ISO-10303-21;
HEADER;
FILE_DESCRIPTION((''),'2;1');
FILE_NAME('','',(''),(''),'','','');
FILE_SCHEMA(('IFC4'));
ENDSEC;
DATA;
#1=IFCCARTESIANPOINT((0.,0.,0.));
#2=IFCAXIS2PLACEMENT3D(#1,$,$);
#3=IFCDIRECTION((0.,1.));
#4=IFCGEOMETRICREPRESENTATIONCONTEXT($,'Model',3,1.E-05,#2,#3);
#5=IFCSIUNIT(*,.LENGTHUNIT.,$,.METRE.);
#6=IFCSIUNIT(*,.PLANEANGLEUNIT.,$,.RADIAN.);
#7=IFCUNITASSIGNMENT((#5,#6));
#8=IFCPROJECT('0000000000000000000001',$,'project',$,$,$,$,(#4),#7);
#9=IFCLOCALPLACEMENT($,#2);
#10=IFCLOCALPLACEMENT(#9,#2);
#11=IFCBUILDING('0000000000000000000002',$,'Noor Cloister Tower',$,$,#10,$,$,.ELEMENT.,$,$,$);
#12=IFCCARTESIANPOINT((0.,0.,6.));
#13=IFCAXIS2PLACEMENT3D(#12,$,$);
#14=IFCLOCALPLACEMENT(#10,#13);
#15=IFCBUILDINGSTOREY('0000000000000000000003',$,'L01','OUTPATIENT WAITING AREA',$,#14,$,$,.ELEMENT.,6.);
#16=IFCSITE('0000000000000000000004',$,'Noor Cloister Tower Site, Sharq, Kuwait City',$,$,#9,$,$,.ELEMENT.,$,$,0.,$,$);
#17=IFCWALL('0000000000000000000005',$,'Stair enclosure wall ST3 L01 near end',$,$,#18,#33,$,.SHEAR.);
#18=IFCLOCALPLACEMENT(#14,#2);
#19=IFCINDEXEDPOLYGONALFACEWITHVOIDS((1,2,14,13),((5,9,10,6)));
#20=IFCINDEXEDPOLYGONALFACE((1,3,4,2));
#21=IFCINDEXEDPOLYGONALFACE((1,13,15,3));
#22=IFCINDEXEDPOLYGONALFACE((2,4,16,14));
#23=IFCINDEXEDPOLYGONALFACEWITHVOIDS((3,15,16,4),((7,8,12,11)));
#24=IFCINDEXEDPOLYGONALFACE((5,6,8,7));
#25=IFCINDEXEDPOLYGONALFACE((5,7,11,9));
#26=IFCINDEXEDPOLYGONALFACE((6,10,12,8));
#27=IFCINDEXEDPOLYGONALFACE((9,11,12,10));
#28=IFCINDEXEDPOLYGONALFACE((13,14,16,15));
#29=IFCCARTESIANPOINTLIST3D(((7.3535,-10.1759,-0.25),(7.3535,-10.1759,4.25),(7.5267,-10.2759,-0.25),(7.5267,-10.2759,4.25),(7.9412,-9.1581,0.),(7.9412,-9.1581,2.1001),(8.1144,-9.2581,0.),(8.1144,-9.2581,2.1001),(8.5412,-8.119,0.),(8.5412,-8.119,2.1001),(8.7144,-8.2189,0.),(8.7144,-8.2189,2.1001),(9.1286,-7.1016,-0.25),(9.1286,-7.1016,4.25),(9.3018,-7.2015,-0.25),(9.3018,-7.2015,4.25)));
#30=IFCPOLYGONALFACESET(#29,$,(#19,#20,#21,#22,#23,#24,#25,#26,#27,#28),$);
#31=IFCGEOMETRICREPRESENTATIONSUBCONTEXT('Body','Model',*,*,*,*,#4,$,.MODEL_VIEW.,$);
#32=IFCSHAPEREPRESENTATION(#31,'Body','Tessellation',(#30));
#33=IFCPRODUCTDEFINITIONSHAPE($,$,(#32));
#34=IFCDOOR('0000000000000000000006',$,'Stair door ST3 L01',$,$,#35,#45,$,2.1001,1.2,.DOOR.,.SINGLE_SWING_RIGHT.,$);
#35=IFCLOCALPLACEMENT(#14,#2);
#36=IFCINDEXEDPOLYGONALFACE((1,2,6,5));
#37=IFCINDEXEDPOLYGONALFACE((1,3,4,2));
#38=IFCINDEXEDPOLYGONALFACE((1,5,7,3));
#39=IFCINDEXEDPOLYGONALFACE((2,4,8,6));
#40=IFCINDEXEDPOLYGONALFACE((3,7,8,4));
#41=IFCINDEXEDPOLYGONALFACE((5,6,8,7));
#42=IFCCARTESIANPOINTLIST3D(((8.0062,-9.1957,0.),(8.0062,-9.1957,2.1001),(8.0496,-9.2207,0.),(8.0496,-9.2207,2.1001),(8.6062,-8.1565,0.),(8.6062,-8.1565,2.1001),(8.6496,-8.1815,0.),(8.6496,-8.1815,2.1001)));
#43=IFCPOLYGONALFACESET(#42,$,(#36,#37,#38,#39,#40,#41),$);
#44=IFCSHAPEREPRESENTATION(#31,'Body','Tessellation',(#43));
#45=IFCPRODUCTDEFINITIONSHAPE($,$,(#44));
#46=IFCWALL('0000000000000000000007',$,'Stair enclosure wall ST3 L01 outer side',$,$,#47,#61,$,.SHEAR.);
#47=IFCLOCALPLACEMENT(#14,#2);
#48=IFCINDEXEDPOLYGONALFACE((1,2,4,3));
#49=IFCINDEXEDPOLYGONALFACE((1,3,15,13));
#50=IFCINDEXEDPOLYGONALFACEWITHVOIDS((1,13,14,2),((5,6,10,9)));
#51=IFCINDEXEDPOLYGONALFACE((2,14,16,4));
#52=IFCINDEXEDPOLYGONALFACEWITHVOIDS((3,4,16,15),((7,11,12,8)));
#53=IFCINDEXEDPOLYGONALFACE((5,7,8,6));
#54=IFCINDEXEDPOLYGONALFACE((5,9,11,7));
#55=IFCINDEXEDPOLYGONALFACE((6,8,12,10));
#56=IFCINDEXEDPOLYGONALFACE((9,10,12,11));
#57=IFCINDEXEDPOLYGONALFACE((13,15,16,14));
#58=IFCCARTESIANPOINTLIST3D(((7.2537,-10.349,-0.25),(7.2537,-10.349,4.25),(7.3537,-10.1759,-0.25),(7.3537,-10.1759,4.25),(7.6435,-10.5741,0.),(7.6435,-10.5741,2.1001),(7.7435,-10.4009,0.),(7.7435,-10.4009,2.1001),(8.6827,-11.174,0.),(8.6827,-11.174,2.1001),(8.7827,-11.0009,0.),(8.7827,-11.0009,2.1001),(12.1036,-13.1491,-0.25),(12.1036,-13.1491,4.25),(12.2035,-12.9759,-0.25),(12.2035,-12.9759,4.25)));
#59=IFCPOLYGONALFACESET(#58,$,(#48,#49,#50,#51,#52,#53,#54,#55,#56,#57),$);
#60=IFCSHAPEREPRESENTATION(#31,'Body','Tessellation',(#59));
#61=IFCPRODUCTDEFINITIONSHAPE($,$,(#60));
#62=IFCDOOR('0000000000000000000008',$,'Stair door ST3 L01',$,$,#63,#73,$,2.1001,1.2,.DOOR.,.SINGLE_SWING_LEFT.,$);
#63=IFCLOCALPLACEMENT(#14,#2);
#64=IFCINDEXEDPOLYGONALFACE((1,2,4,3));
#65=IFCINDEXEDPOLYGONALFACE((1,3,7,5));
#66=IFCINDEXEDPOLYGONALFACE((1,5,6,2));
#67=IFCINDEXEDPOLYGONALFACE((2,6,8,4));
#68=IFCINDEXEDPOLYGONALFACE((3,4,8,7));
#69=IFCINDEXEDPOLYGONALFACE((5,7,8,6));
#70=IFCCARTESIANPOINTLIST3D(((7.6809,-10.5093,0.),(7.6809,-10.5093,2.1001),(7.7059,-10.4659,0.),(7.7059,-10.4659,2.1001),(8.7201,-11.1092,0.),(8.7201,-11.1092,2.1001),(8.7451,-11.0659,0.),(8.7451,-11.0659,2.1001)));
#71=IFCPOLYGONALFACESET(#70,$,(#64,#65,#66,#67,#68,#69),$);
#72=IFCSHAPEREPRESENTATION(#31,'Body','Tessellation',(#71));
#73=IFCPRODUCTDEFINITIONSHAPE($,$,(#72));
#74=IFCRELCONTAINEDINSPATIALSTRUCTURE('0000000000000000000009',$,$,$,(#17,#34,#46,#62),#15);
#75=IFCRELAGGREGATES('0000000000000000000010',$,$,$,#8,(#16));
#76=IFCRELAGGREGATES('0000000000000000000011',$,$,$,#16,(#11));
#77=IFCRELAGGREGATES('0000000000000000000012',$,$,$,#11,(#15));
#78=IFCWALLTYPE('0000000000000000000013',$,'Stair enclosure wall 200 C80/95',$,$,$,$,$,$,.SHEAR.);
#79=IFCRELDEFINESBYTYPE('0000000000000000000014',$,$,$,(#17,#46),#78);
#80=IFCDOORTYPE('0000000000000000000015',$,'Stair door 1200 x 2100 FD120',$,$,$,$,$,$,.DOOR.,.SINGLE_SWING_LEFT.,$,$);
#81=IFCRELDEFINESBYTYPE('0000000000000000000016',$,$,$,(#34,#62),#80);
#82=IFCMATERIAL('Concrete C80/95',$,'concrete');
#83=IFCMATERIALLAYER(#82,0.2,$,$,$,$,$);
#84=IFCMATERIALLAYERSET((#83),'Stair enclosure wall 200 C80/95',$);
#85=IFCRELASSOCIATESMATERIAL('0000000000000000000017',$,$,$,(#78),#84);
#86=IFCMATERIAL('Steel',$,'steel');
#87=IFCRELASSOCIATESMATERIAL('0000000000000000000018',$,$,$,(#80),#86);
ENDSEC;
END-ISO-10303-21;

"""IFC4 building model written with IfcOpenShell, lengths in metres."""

from ifc_helpers import new_model, si_unit, direction, frame, frame_2d, origin, place, context, subcontext, project, spatial, rectangle, extrude, material, layer, layer_set, type_object, element, fill, save


model = new_model("IFC4")

# Units and contexts
model_context = context("Model", 3, precision=1e-05, world=origin(), true_north=direction((0.0, 1.0)))
body_context = subcontext(model_context, "Body", "Model", "MODEL_VIEW")
ifc_project = project(units=[si_unit("LENGTHUNIT", "METRE"), si_unit("PLANEANGLEUNIT", "RADIAN")], contexts=[model_context])

# Site, building, storey
site_placement = place(None, origin())
site = spatial("IfcSite", under=ifc_project, at=site_placement, Name="Noor Cloister Tower Site, Sharq, Kuwait City", CompositionType="ELEMENT", RefElevation=0.0)
building_placement = place(site_placement, origin())
building = spatial("IfcBuilding", under=site, at=building_placement, Name="Noor Cloister Tower", CompositionType="ELEMENT")
storey_placement = place(building_placement, frame((0.0, 0.0, 6.0)))
storey = spatial("IfcBuildingStorey", under=building, at=storey_placement, Name="L01", Description="OUTPATIENT WAITING AREA", CompositionType="ELEMENT", Elevation=6.0)

# Walls, openings, doors
ifc_material_1 = material(Name="Concrete C80/95", Category="concrete")
ifc_layer_1 = layer(ifc_material_1, 0.2)
ifc_layer_set_1 = layer_set([ifc_layer_1], Name="Stair enclosure wall 200 C80/95")
wall_type_1 = type_object("IfcWallType", Name="Stair enclosure wall 200 C80/95", PredefinedType="SHEAR", material=ifc_layer_set_1)
wall_1_placement = place(storey_placement, frame((7.4402, -10.2258, -0.25), z_axis=(0.0, 0.0, 1.0), x_axis=(0.500022, 0.866013, 0.0)))
wall_1 = element("IfcWall", 1, at=wall_1_placement, inside=storey, type_object=wall_type_1, Name="Stair enclosure wall ST3 L01 near end", PredefinedType="SHEAR", context=body_context, shape_type="SweptSolid", body=[
    extrude(rectangle(XDim=3.55, YDim=0.2, at=frame_2d((1.7749, 0.0))), origin(), (0.0, 0.0, 1.0), 4.5),
])
opening_1_placement = place(wall_1_placement, frame((1.175, 0.0, 0.25)))
opening_1 = element("IfcOpeningElement", 2, at=opening_1_placement, cuts=wall_1, PredefinedType="OPENING", context=body_context, shape_type="SweptSolid", body=[
    extrude(rectangle(XDim=1.2, YDim=2.1001, at=frame_2d((0.6001, 1.05))), frame((0.0, 0.1099, 0.0), z_axis=(0.0, -1.0, 0.0), x_axis=(1.0, 0.0, 0.0)), (0.0, 0.0, 1.0), 0.22),
])
ifc_material_2 = material(Name="Steel", Category="steel")
door_type_1 = type_object("IfcDoorType", Name="Stair door 1200 x 2100 FD120", OperationType="SINGLE_SWING_LEFT", PredefinedType="DOOR", material=ifc_material_2)
door_1_placement = place(opening_1_placement, origin())
door_1 = element("IfcDoor", 3, at=door_1_placement, inside=storey, type_object=door_type_1, Name="Stair door ST3 L01", OperationType="SINGLE_SWING_RIGHT", OverallHeight=2.1001, OverallWidth=1.2, PredefinedType="DOOR", context=body_context, shape_type="SweptSolid", body=[
    extrude(rectangle(XDim=1.2, YDim=2.1001, at=frame_2d((0.6001, 1.05))), frame((0.0, 0.0249, 0.0), z_axis=(0.0, -1.0, 0.0), x_axis=(1.0, 0.0, 0.0)), (0.0, 0.0, 1.0), 0.05),
])
fill(opening_1, door_1)
wall_2_placement = place(storey_placement, frame((7.3037, -10.2625, -0.25), z_axis=(0.0, 0.0, 1.0), x_axis=(0.866027, -0.499998, 0.0)))
wall_2 = element("IfcWall", 4, at=wall_2_placement, inside=storey, type_object=wall_type_1, Name="Stair enclosure wall ST3 L01 outer side", PredefinedType="SHEAR", context=body_context, shape_type="SweptSolid", body=[
    extrude(rectangle(XDim=5.6001, YDim=0.2, at=frame_2d((2.8, 0.0))), origin(), (0.0, 0.0, 1.0), 4.5),
])
opening_2_placement = place(wall_2_placement, frame((0.45, 0.0, 0.25)))
opening_2 = element("IfcOpeningElement", 5, at=opening_2_placement, cuts=wall_2, PredefinedType="OPENING", context=body_context, shape_type="SweptSolid", body=[
    extrude(rectangle(XDim=1.2, YDim=2.1001, at=frame_2d((0.6001, 1.05))), frame((0.0, 0.1099, 0.0), z_axis=(0.0, -1.0, 0.0), x_axis=(1.0, 0.0, 0.0)), (0.0, 0.0, 1.0), 0.22),
])
door_2_placement = place(opening_2_placement, origin())
door_2 = element("IfcDoor", 6, at=door_2_placement, inside=storey, type_object=door_type_1, Name="Stair door ST3 L01", OperationType="SINGLE_SWING_LEFT", OverallHeight=2.1001, OverallWidth=1.2, PredefinedType="DOOR", context=body_context, shape_type="SweptSolid", body=[
    extrude(rectangle(XDim=1.2, YDim=2.1001, at=frame_2d((0.6001, 1.05))), frame((0.0, 0.0249, 0.0), z_axis=(0.0, -1.0, 0.0), x_axis=(1.0, 0.0, 0.0)), (0.0, 0.0, 1.0), 0.05),
])
fill(opening_2, door_2)

save(model, "model.ifc")
